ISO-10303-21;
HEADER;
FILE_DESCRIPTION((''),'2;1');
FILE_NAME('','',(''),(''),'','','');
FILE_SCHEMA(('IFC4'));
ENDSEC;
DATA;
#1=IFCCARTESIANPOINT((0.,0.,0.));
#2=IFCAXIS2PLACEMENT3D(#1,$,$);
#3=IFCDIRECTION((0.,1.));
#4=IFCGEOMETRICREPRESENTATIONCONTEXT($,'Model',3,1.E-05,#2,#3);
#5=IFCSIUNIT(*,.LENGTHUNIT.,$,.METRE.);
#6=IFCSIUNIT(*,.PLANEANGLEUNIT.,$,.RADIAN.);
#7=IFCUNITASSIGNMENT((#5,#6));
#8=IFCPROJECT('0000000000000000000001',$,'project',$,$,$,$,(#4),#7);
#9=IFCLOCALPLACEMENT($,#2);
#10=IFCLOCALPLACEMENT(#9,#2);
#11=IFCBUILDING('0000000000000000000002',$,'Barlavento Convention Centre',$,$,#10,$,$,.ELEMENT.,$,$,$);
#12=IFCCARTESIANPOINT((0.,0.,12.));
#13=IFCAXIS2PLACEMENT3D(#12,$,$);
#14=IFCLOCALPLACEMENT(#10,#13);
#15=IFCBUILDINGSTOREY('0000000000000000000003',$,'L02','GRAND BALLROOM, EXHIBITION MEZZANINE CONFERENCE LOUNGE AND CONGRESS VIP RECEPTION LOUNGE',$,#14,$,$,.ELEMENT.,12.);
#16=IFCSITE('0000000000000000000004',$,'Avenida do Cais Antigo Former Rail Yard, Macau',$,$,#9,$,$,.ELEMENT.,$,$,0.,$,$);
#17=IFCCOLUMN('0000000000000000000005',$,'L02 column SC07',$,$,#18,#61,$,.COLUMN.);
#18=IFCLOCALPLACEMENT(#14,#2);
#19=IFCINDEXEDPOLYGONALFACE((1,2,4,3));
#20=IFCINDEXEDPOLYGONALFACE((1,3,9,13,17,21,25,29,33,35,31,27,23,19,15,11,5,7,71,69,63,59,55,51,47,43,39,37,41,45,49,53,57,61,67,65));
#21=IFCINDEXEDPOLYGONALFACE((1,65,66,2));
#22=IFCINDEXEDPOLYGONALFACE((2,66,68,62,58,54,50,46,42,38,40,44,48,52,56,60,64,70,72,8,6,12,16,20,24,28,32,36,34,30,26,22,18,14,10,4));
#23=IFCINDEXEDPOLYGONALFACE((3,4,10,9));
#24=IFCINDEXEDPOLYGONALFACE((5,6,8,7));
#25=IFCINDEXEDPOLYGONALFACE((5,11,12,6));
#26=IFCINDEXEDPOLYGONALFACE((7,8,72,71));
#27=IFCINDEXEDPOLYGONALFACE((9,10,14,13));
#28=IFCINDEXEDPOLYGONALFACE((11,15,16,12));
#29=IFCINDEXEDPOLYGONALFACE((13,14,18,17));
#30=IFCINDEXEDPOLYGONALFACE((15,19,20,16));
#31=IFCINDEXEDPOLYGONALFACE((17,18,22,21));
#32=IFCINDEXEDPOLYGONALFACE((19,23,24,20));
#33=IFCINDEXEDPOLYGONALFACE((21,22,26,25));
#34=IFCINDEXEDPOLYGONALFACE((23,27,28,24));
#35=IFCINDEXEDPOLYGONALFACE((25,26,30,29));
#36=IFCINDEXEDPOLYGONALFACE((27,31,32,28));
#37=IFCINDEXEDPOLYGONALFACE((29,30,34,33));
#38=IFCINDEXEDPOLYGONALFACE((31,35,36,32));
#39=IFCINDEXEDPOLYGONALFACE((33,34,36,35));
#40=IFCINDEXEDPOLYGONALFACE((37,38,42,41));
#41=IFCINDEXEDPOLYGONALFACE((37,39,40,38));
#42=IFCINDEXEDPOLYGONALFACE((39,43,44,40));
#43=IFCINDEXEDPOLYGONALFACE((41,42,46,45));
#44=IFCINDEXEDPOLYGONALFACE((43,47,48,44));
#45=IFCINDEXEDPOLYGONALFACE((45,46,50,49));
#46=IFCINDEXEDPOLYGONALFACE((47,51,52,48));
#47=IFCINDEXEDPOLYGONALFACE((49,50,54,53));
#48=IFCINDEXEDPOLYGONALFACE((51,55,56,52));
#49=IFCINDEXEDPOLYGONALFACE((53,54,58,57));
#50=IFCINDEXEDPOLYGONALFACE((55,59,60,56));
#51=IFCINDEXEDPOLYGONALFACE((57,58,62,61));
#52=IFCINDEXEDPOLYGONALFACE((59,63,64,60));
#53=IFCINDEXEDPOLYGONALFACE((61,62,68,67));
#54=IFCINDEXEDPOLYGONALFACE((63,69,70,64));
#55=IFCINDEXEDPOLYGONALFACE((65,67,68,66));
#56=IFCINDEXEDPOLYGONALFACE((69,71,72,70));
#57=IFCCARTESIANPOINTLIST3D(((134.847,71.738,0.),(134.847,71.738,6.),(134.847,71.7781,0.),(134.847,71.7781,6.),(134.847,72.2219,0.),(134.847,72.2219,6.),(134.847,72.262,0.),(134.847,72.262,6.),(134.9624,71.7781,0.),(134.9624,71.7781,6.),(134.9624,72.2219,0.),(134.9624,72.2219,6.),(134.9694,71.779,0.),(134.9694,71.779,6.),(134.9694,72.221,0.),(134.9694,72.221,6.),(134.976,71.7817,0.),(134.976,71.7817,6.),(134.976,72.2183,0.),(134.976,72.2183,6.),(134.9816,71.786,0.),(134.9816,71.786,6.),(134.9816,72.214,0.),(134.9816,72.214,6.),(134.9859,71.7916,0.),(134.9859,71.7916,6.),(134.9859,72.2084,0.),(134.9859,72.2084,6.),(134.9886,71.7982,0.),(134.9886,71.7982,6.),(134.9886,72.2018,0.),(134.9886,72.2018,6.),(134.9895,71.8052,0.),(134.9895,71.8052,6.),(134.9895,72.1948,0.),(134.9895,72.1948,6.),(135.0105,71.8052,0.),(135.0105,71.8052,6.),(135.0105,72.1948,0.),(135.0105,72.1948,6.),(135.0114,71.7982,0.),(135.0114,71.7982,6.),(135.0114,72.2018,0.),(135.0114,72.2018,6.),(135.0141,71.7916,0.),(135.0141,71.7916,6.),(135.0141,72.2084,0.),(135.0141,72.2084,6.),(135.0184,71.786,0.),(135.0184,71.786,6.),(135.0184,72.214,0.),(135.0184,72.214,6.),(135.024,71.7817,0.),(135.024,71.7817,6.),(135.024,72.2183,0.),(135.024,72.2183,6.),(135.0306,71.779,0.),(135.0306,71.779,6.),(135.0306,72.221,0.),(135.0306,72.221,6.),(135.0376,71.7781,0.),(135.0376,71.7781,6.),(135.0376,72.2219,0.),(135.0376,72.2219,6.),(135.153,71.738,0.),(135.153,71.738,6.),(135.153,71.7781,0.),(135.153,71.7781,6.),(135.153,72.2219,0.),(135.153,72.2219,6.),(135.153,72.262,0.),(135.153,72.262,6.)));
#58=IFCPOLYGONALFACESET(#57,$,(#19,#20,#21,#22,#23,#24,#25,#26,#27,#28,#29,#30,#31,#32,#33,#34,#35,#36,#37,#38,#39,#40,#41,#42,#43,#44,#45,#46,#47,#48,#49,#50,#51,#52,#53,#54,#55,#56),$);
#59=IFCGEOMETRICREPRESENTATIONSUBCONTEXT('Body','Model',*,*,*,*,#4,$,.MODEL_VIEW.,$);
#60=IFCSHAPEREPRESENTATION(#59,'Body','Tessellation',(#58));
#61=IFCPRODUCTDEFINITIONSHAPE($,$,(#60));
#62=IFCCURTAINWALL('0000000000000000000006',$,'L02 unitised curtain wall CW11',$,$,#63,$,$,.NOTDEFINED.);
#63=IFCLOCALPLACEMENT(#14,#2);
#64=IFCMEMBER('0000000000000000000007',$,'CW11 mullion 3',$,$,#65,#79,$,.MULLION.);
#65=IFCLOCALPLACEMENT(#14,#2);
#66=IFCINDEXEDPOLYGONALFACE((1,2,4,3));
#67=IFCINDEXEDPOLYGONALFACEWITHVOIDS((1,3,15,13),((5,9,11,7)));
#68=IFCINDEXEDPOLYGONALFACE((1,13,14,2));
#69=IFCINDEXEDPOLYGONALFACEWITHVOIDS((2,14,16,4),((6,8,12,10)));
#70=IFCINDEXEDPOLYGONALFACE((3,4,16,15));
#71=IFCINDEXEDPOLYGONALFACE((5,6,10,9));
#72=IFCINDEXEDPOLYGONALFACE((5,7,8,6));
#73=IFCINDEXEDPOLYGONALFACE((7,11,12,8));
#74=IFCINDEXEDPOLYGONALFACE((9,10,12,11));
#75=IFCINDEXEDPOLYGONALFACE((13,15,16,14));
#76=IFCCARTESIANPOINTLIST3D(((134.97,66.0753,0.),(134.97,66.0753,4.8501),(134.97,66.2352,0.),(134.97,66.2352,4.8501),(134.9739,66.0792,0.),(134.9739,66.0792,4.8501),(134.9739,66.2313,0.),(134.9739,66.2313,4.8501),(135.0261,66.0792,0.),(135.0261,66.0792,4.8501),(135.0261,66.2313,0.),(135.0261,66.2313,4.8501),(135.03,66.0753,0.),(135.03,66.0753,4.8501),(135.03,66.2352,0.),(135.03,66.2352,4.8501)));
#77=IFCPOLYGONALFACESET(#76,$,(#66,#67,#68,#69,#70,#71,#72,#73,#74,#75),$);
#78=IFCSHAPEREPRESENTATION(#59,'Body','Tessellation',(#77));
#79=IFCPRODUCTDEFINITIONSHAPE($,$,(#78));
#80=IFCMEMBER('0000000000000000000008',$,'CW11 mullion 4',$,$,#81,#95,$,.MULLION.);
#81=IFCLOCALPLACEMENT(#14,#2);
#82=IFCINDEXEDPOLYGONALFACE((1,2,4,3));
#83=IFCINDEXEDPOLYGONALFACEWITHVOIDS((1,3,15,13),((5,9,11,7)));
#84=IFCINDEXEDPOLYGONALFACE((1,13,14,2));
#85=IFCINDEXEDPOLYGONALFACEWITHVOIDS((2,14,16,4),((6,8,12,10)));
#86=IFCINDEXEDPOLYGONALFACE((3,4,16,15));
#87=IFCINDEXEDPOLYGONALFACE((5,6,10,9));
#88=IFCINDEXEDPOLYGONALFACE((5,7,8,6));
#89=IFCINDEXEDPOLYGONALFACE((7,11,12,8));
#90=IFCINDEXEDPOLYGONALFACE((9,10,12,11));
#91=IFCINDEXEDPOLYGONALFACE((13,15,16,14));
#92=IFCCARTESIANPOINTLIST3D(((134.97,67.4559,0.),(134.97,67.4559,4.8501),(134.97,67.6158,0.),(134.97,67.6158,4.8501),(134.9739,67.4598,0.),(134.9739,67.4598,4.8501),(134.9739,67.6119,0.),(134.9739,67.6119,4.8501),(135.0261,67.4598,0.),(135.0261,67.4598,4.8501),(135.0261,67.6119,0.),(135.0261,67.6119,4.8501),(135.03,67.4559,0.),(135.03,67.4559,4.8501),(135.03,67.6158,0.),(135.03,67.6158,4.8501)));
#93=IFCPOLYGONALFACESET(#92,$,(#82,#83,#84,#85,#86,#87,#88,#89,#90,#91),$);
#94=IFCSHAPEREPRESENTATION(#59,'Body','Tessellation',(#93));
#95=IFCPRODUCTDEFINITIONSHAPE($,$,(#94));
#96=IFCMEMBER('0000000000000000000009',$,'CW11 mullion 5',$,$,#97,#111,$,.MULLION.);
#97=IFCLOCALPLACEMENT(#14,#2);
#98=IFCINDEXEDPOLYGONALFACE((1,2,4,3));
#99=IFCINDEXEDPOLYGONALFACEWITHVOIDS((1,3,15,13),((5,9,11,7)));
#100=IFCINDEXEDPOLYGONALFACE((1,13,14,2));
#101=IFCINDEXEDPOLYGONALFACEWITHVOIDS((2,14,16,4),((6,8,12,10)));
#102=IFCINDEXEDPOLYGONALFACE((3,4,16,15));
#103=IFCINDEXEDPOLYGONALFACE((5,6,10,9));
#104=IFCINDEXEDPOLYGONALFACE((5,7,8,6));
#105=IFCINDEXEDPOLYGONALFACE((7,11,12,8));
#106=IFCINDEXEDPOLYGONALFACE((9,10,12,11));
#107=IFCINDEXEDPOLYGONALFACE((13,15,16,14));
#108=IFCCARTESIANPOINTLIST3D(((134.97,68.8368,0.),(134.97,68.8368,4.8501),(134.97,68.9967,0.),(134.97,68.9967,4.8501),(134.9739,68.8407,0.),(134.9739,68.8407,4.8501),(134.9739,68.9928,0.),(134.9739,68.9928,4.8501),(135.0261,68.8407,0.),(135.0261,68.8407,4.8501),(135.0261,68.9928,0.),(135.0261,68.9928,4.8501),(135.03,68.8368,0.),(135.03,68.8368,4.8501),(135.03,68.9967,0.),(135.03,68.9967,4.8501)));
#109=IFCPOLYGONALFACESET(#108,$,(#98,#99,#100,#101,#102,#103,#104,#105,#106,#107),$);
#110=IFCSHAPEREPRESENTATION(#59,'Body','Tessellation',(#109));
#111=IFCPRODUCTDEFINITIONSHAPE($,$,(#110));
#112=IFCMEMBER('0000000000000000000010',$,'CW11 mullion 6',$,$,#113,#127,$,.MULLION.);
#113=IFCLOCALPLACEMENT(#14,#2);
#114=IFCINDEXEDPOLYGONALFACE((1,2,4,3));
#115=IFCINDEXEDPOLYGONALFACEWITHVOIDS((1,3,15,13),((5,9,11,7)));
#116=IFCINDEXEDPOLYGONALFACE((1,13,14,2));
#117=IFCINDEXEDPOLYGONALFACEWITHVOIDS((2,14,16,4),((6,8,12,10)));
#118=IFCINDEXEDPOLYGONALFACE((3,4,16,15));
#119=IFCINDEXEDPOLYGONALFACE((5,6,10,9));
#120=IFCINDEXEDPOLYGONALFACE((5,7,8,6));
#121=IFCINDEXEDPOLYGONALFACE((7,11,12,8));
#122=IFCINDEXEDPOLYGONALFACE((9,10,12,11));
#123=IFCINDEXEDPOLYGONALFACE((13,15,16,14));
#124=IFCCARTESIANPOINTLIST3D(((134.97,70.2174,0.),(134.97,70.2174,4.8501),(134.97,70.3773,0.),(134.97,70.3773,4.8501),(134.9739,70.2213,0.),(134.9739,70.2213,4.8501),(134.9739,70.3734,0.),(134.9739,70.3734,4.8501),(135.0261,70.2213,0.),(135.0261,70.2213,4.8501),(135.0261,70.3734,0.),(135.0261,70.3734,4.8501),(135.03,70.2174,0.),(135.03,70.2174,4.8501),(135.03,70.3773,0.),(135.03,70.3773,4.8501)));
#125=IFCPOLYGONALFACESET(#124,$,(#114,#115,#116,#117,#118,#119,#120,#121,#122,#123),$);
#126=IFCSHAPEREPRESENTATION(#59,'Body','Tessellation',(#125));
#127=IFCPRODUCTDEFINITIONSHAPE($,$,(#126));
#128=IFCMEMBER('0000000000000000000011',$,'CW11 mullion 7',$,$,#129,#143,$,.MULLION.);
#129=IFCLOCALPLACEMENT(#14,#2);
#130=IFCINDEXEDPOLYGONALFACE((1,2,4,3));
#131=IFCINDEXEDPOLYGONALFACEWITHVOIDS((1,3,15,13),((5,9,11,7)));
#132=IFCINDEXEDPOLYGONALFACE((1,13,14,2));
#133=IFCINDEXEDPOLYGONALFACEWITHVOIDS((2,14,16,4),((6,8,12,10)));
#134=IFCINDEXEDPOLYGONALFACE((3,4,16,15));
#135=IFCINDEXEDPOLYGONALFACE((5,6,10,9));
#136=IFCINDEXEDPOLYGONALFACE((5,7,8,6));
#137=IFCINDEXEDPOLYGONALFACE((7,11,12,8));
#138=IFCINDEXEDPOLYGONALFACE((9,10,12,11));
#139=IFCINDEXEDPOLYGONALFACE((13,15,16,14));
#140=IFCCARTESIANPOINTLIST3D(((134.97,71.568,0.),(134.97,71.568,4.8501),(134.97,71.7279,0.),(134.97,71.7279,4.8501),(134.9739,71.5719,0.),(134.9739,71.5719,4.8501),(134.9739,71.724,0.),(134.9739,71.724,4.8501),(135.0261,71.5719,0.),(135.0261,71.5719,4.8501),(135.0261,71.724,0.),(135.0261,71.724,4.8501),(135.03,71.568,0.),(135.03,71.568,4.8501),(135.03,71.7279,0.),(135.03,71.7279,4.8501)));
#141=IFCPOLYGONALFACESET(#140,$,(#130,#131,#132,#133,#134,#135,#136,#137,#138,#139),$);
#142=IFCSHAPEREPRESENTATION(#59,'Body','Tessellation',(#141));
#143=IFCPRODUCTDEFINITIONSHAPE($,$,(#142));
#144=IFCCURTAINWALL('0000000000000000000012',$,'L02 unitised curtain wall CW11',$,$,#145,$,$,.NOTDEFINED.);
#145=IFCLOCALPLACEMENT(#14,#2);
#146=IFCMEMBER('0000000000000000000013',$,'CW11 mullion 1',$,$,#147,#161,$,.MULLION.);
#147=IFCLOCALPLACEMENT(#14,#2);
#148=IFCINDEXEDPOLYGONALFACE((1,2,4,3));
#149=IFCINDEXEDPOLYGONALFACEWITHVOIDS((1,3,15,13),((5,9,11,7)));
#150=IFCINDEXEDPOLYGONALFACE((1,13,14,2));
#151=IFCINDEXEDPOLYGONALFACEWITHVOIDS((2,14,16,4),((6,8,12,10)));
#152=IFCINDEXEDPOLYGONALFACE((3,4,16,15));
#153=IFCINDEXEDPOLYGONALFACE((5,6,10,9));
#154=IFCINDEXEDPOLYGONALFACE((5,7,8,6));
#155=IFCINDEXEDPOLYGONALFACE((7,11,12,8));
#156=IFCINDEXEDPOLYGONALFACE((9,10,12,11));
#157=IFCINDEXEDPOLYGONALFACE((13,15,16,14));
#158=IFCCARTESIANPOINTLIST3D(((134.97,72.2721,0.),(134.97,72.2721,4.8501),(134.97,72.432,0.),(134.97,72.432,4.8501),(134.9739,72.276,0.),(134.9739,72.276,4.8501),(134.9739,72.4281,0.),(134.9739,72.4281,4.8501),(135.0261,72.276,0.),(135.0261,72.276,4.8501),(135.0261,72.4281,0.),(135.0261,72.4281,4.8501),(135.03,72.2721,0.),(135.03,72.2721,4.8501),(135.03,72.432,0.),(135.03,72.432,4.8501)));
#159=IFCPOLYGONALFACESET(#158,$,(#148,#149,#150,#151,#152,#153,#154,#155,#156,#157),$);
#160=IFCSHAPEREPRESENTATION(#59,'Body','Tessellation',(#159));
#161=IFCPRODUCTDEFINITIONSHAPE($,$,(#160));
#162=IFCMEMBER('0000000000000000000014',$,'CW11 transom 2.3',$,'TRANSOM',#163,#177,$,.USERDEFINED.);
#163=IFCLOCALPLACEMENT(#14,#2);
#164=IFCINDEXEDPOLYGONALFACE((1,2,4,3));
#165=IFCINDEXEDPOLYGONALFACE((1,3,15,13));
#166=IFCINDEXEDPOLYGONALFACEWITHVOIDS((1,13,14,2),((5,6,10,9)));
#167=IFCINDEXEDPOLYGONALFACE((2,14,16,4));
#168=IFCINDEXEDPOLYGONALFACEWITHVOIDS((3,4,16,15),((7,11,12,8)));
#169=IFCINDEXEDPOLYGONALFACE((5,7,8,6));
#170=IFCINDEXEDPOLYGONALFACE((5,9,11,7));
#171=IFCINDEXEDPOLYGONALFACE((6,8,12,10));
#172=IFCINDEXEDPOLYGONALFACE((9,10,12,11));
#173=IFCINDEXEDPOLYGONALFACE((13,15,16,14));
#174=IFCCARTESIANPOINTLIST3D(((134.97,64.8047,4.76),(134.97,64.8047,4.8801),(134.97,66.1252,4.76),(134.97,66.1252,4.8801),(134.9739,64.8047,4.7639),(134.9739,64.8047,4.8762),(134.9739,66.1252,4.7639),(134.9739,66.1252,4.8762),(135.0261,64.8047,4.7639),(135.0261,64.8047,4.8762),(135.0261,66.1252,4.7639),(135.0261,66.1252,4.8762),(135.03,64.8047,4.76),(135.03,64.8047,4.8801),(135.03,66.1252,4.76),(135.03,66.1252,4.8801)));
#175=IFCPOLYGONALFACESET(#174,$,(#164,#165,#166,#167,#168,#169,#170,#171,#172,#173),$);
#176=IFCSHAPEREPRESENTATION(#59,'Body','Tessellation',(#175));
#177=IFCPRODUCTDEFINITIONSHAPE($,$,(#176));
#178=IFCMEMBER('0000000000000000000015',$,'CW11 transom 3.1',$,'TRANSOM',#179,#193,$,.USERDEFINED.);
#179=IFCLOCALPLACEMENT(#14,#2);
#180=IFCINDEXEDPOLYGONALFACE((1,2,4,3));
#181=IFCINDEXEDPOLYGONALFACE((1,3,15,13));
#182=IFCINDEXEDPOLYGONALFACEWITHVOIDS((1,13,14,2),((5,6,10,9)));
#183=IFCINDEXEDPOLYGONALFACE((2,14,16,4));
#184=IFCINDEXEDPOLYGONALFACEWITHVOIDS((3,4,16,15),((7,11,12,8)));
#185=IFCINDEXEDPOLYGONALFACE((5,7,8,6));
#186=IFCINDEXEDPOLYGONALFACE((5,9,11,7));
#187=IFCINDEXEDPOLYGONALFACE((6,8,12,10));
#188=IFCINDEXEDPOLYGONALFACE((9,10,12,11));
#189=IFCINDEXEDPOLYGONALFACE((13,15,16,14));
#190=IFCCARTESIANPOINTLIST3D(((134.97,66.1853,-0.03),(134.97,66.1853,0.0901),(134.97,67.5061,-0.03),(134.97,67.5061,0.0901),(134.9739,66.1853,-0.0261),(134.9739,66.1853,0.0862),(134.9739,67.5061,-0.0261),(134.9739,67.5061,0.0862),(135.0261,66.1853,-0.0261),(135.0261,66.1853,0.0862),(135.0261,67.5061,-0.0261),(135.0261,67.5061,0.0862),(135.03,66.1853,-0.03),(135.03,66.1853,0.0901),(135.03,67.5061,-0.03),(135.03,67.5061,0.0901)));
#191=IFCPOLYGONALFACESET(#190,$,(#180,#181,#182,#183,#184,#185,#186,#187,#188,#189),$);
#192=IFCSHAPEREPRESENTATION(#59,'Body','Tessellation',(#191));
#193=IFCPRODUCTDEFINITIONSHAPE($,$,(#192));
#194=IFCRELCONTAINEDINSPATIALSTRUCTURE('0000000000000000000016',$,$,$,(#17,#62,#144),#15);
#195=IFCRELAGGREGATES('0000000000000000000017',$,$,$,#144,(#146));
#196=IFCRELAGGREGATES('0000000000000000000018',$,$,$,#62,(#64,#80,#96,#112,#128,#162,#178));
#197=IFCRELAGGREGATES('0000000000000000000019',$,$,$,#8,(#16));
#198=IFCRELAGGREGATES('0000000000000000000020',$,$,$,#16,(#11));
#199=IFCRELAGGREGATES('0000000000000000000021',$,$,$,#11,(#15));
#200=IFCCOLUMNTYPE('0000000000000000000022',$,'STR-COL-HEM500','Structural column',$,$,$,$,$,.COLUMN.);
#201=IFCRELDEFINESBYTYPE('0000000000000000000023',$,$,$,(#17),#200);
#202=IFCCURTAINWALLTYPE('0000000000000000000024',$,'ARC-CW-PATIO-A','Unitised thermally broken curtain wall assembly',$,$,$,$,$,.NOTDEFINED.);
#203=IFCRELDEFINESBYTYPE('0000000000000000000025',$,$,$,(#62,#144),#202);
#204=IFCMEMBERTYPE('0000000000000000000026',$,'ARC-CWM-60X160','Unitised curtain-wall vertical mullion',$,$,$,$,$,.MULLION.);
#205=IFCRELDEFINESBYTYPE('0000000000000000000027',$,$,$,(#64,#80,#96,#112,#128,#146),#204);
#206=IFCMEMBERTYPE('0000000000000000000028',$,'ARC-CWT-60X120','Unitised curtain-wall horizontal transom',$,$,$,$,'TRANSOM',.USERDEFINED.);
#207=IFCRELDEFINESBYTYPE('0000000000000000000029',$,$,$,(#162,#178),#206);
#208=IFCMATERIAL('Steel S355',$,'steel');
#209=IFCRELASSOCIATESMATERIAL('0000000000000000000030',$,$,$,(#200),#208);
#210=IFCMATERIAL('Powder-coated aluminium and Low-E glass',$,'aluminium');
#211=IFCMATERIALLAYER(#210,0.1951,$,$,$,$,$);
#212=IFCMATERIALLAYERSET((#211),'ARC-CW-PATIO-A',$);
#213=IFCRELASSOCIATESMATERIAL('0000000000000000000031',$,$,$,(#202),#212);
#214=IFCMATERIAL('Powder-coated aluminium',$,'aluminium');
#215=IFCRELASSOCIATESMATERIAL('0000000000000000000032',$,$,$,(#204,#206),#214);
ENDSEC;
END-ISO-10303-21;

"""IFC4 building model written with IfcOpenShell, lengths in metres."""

from ifc_helpers import new_model, si_unit, direction, frame, origin, origin_2d, place, context, subcontext, project, spatial, hollow_rectangle, i_section, extrude, material, layer, layer_set, material_profile, profile_set, type_object, element, aggregate, save


model = new_model("IFC4")

# Units and contexts
model_context = context("Model", 3, precision=1e-05, world=origin(), true_north=direction((0.0, 1.0)))
body_context = subcontext(model_context, "Body", "Model", "MODEL_VIEW")
ifc_project = project(units=[si_unit("LENGTHUNIT", "METRE"), si_unit("PLANEANGLEUNIT", "RADIAN")], contexts=[model_context])

# Site, building, storey
site_placement = place(None, origin())
site = spatial("IfcSite", under=ifc_project, at=site_placement, Name="Avenida do Cais Antigo Former Rail Yard, Macau", CompositionType="ELEMENT", RefElevation=0.0)
building_placement = place(site_placement, origin())
building = spatial("IfcBuilding", under=site, at=building_placement, Name="Barlavento Convention Centre", CompositionType="ELEMENT")
storey_placement = place(building_placement, frame((0.0, 0.0, 12.0)))
storey = spatial("IfcBuildingStorey", under=building, at=storey_placement, Name="L02", Description="GRAND BALLROOM, EXHIBITION MEZZANINE CONFERENCE LOUNGE AND CONGRESS VIP RECEPTION LOUNGE", CompositionType="ELEMENT", Elevation=12.0)

# Column
ifc_material_1 = material(Name="Steel S355", Category="steel")
ifc_material_profile_1 = material_profile(ifc_material_1, i_section(OverallWidth=0.3059, OverallDepth=0.5239, WebThickness=0.021, FlangeThickness=0.04, FilletRadius=0.0271, at=origin_2d()), Name="HEM 500")
ifc_profile_set_1 = profile_set([ifc_material_profile_1], Name="Steel S355")
column_type = type_object("IfcColumnType", Name="STR-COL-HEM500", Description="Structural column", PredefinedType="COLUMN", material=ifc_profile_set_1)
column_placement = place(storey_placement, frame((135.0, 72.0, 0.0), z_axis=(0.0, 0.0, 1.0), x_axis=(1.0, 0.0, 0.0)))
element("IfcColumn", 1, at=column_placement, inside=storey, type_object=column_type, Name="L02 column SC07", PredefinedType="COLUMN", context=body_context, shape_type="SweptSolid", body=[
    extrude(i_section(OverallWidth=0.3059, OverallDepth=0.5239, WebThickness=0.021, FlangeThickness=0.04, FilletRadius=0.0271, at=origin_2d()), origin(), (0.0, 0.0, 1.0), 6.0),
])

# Curtain wall, members
ifc_material_2 = material(Name="Powder-coated aluminium and Low-E glass", Category="aluminium")
ifc_layer_1 = layer(ifc_material_2, 0.1951)
ifc_layer_set_1 = layer_set([ifc_layer_1], Name="ARC-CW-PATIO-A")
curtain_wall_type = type_object("IfcCurtainWallType", Name="ARC-CW-PATIO-A", Description="Unitised thermally broken curtain wall assembly", PredefinedType="NOTDEFINED", material=ifc_layer_set_1)
curtain_wall_1_placement = place(storey_placement, origin())
curtain_wall_1 = element("IfcCurtainWall", 2, at=curtain_wall_1_placement, inside=storey, type_object=curtain_wall_type, Name="L02 unitised curtain wall CW11", PredefinedType="NOTDEFINED")
ifc_material_3 = material(Name="Powder-coated aluminium", Category="aluminium")
ifc_material_profile_2 = material_profile(ifc_material_3, hollow_rectangle(XDim=0.0601, YDim=0.1599, WallThickness=0.0039, at=origin_2d()), Name="AL-MULL 60x160x4")
ifc_profile_set_2 = profile_set([ifc_material_profile_2], Name="Powder-coated aluminium")
member_type_1 = type_object("IfcMemberType", Name="ARC-CWM-60X160", Description="Unitised curtain-wall vertical mullion", PredefinedType="MULLION", material=ifc_profile_set_2)
member_1_placement = place(storey_placement, frame((135.0, 66.1553, 0.0), z_axis=(0.0, 0.0, 1.0), x_axis=(-1.0, 0.0, 0.0)))
member_1 = element("IfcMember", 3, at=member_1_placement, type_object=member_type_1, Name="CW11 mullion 3", PredefinedType="MULLION", context=body_context, shape_type="SweptSolid", body=[
    extrude(hollow_rectangle(XDim=0.0601, YDim=0.1599, WallThickness=0.0039, at=origin_2d()), origin(), (0.0, 0.0, 1.0), 4.8501),
])
member_2_placement = place(storey_placement, frame((135.0, 67.5359, 0.0), z_axis=(0.0, 0.0, 1.0), x_axis=(-1.0, 0.0, 0.0)))
member_2 = element("IfcMember", 4, at=member_2_placement, type_object=member_type_1, Name="CW11 mullion 4", PredefinedType="MULLION", context=body_context, shape_type="SweptSolid", body=[
    extrude(hollow_rectangle(XDim=0.0601, YDim=0.1599, WallThickness=0.0039, at=origin_2d()), origin(), (0.0, 0.0, 1.0), 4.8501),
])
member_3_placement = place(storey_placement, frame((135.0, 68.9167, 0.0), z_axis=(0.0, 0.0, 1.0), x_axis=(-1.0, 0.0, 0.0)))
member_3 = element("IfcMember", 5, at=member_3_placement, type_object=member_type_1, Name="CW11 mullion 5", PredefinedType="MULLION", context=body_context, shape_type="SweptSolid", body=[
    extrude(hollow_rectangle(XDim=0.0601, YDim=0.1599, WallThickness=0.0039, at=origin_2d()), origin(), (0.0, 0.0, 1.0), 4.8501),
])
member_4_placement = place(storey_placement, frame((135.0, 70.2974, 0.0), z_axis=(0.0, 0.0, 1.0), x_axis=(-1.0, 0.0, 0.0)))
member_4 = element("IfcMember", 6, at=member_4_placement, type_object=member_type_1, Name="CW11 mullion 6", PredefinedType="MULLION", context=body_context, shape_type="SweptSolid", body=[
    extrude(hollow_rectangle(XDim=0.0601, YDim=0.1599, WallThickness=0.0039, at=origin_2d()), origin(), (0.0, 0.0, 1.0), 4.8501),
])
member_5_placement = place(storey_placement, frame((135.0, 71.6479, 0.0), z_axis=(0.0, 0.0, 1.0), x_axis=(-1.0, 0.0, 0.0)))
member_5 = element("IfcMember", 7, at=member_5_placement, type_object=member_type_1, Name="CW11 mullion 7", PredefinedType="MULLION", context=body_context, shape_type="SweptSolid", body=[
    extrude(hollow_rectangle(XDim=0.0601, YDim=0.1599, WallThickness=0.0039, at=origin_2d()), origin(), (0.0, 0.0, 1.0), 4.8501),
])

# Curtain wall, member
curtain_wall_2_placement = place(storey_placement, origin())
curtain_wall_2 = element("IfcCurtainWall", 8, at=curtain_wall_2_placement, inside=storey, type_object=curtain_wall_type, Name="L02 unitised curtain wall CW11", PredefinedType="NOTDEFINED")
member_6_placement = place(storey_placement, frame((135.0, 72.3521, 0.0), z_axis=(0.0, 0.0, 1.0), x_axis=(-1.0, 0.0, 0.0)))
member_6 = element("IfcMember", 9, at=member_6_placement, type_object=member_type_1, Name="CW11 mullion 1", PredefinedType="MULLION", context=body_context, shape_type="SweptSolid", body=[
    extrude(hollow_rectangle(XDim=0.0601, YDim=0.1599, WallThickness=0.0039, at=origin_2d()), origin(), (0.0, 0.0, 1.0), 4.8501),
])
aggregate(curtain_wall_2, [member_6])

# Members
ifc_material_profile_3 = material_profile(ifc_material_3, hollow_rectangle(XDim=0.0601, YDim=0.1201, WallThickness=0.0039, at=origin_2d()), Name="AL-TRAN 60x120x4")
ifc_profile_set_3 = profile_set([ifc_material_profile_3], Name="Powder-coated aluminium")
member_type_2 = type_object("IfcMemberType", Name="ARC-CWT-60X120", Description="Unitised curtain-wall horizontal transom", ElementType="TRANSOM", PredefinedType="USERDEFINED", material=ifc_profile_set_3)
member_7_placement = place(storey_placement, frame((135.0, 64.8047, 4.8201), z_axis=(0.0, 1.0, 0.0), x_axis=(-1.0, 0.0, 0.0)))
member_7 = element("IfcMember", 10, at=member_7_placement, type_object=member_type_2, Name="CW11 transom 2.3", ObjectType="TRANSOM", PredefinedType="USERDEFINED", context=body_context, shape_type="SweptSolid", body=[
    extrude(hollow_rectangle(XDim=0.0601, YDim=0.1201, WallThickness=0.0039, at=origin_2d()), origin(), (0.0, 0.0, 1.0), 1.3206),
])
member_8_placement = place(storey_placement, frame((135.0, 66.1853, 0.03), z_axis=(0.0, 1.0, 0.0), x_axis=(-1.0, 0.0, 0.0)))
member_8 = element("IfcMember", 11, at=member_8_placement, type_object=member_type_2, Name="CW11 transom 3.1", ObjectType="TRANSOM", PredefinedType="USERDEFINED", context=body_context, shape_type="SweptSolid", body=[
    extrude(hollow_rectangle(XDim=0.0601, YDim=0.1201, WallThickness=0.0039, at=origin_2d()), origin(), (0.0, 0.0, 1.0), 1.3208),
])

aggregate(curtain_wall_1, [member_1, member_2, member_3, member_4, member_5, member_7, member_8])

save(model, "model.ifc")
